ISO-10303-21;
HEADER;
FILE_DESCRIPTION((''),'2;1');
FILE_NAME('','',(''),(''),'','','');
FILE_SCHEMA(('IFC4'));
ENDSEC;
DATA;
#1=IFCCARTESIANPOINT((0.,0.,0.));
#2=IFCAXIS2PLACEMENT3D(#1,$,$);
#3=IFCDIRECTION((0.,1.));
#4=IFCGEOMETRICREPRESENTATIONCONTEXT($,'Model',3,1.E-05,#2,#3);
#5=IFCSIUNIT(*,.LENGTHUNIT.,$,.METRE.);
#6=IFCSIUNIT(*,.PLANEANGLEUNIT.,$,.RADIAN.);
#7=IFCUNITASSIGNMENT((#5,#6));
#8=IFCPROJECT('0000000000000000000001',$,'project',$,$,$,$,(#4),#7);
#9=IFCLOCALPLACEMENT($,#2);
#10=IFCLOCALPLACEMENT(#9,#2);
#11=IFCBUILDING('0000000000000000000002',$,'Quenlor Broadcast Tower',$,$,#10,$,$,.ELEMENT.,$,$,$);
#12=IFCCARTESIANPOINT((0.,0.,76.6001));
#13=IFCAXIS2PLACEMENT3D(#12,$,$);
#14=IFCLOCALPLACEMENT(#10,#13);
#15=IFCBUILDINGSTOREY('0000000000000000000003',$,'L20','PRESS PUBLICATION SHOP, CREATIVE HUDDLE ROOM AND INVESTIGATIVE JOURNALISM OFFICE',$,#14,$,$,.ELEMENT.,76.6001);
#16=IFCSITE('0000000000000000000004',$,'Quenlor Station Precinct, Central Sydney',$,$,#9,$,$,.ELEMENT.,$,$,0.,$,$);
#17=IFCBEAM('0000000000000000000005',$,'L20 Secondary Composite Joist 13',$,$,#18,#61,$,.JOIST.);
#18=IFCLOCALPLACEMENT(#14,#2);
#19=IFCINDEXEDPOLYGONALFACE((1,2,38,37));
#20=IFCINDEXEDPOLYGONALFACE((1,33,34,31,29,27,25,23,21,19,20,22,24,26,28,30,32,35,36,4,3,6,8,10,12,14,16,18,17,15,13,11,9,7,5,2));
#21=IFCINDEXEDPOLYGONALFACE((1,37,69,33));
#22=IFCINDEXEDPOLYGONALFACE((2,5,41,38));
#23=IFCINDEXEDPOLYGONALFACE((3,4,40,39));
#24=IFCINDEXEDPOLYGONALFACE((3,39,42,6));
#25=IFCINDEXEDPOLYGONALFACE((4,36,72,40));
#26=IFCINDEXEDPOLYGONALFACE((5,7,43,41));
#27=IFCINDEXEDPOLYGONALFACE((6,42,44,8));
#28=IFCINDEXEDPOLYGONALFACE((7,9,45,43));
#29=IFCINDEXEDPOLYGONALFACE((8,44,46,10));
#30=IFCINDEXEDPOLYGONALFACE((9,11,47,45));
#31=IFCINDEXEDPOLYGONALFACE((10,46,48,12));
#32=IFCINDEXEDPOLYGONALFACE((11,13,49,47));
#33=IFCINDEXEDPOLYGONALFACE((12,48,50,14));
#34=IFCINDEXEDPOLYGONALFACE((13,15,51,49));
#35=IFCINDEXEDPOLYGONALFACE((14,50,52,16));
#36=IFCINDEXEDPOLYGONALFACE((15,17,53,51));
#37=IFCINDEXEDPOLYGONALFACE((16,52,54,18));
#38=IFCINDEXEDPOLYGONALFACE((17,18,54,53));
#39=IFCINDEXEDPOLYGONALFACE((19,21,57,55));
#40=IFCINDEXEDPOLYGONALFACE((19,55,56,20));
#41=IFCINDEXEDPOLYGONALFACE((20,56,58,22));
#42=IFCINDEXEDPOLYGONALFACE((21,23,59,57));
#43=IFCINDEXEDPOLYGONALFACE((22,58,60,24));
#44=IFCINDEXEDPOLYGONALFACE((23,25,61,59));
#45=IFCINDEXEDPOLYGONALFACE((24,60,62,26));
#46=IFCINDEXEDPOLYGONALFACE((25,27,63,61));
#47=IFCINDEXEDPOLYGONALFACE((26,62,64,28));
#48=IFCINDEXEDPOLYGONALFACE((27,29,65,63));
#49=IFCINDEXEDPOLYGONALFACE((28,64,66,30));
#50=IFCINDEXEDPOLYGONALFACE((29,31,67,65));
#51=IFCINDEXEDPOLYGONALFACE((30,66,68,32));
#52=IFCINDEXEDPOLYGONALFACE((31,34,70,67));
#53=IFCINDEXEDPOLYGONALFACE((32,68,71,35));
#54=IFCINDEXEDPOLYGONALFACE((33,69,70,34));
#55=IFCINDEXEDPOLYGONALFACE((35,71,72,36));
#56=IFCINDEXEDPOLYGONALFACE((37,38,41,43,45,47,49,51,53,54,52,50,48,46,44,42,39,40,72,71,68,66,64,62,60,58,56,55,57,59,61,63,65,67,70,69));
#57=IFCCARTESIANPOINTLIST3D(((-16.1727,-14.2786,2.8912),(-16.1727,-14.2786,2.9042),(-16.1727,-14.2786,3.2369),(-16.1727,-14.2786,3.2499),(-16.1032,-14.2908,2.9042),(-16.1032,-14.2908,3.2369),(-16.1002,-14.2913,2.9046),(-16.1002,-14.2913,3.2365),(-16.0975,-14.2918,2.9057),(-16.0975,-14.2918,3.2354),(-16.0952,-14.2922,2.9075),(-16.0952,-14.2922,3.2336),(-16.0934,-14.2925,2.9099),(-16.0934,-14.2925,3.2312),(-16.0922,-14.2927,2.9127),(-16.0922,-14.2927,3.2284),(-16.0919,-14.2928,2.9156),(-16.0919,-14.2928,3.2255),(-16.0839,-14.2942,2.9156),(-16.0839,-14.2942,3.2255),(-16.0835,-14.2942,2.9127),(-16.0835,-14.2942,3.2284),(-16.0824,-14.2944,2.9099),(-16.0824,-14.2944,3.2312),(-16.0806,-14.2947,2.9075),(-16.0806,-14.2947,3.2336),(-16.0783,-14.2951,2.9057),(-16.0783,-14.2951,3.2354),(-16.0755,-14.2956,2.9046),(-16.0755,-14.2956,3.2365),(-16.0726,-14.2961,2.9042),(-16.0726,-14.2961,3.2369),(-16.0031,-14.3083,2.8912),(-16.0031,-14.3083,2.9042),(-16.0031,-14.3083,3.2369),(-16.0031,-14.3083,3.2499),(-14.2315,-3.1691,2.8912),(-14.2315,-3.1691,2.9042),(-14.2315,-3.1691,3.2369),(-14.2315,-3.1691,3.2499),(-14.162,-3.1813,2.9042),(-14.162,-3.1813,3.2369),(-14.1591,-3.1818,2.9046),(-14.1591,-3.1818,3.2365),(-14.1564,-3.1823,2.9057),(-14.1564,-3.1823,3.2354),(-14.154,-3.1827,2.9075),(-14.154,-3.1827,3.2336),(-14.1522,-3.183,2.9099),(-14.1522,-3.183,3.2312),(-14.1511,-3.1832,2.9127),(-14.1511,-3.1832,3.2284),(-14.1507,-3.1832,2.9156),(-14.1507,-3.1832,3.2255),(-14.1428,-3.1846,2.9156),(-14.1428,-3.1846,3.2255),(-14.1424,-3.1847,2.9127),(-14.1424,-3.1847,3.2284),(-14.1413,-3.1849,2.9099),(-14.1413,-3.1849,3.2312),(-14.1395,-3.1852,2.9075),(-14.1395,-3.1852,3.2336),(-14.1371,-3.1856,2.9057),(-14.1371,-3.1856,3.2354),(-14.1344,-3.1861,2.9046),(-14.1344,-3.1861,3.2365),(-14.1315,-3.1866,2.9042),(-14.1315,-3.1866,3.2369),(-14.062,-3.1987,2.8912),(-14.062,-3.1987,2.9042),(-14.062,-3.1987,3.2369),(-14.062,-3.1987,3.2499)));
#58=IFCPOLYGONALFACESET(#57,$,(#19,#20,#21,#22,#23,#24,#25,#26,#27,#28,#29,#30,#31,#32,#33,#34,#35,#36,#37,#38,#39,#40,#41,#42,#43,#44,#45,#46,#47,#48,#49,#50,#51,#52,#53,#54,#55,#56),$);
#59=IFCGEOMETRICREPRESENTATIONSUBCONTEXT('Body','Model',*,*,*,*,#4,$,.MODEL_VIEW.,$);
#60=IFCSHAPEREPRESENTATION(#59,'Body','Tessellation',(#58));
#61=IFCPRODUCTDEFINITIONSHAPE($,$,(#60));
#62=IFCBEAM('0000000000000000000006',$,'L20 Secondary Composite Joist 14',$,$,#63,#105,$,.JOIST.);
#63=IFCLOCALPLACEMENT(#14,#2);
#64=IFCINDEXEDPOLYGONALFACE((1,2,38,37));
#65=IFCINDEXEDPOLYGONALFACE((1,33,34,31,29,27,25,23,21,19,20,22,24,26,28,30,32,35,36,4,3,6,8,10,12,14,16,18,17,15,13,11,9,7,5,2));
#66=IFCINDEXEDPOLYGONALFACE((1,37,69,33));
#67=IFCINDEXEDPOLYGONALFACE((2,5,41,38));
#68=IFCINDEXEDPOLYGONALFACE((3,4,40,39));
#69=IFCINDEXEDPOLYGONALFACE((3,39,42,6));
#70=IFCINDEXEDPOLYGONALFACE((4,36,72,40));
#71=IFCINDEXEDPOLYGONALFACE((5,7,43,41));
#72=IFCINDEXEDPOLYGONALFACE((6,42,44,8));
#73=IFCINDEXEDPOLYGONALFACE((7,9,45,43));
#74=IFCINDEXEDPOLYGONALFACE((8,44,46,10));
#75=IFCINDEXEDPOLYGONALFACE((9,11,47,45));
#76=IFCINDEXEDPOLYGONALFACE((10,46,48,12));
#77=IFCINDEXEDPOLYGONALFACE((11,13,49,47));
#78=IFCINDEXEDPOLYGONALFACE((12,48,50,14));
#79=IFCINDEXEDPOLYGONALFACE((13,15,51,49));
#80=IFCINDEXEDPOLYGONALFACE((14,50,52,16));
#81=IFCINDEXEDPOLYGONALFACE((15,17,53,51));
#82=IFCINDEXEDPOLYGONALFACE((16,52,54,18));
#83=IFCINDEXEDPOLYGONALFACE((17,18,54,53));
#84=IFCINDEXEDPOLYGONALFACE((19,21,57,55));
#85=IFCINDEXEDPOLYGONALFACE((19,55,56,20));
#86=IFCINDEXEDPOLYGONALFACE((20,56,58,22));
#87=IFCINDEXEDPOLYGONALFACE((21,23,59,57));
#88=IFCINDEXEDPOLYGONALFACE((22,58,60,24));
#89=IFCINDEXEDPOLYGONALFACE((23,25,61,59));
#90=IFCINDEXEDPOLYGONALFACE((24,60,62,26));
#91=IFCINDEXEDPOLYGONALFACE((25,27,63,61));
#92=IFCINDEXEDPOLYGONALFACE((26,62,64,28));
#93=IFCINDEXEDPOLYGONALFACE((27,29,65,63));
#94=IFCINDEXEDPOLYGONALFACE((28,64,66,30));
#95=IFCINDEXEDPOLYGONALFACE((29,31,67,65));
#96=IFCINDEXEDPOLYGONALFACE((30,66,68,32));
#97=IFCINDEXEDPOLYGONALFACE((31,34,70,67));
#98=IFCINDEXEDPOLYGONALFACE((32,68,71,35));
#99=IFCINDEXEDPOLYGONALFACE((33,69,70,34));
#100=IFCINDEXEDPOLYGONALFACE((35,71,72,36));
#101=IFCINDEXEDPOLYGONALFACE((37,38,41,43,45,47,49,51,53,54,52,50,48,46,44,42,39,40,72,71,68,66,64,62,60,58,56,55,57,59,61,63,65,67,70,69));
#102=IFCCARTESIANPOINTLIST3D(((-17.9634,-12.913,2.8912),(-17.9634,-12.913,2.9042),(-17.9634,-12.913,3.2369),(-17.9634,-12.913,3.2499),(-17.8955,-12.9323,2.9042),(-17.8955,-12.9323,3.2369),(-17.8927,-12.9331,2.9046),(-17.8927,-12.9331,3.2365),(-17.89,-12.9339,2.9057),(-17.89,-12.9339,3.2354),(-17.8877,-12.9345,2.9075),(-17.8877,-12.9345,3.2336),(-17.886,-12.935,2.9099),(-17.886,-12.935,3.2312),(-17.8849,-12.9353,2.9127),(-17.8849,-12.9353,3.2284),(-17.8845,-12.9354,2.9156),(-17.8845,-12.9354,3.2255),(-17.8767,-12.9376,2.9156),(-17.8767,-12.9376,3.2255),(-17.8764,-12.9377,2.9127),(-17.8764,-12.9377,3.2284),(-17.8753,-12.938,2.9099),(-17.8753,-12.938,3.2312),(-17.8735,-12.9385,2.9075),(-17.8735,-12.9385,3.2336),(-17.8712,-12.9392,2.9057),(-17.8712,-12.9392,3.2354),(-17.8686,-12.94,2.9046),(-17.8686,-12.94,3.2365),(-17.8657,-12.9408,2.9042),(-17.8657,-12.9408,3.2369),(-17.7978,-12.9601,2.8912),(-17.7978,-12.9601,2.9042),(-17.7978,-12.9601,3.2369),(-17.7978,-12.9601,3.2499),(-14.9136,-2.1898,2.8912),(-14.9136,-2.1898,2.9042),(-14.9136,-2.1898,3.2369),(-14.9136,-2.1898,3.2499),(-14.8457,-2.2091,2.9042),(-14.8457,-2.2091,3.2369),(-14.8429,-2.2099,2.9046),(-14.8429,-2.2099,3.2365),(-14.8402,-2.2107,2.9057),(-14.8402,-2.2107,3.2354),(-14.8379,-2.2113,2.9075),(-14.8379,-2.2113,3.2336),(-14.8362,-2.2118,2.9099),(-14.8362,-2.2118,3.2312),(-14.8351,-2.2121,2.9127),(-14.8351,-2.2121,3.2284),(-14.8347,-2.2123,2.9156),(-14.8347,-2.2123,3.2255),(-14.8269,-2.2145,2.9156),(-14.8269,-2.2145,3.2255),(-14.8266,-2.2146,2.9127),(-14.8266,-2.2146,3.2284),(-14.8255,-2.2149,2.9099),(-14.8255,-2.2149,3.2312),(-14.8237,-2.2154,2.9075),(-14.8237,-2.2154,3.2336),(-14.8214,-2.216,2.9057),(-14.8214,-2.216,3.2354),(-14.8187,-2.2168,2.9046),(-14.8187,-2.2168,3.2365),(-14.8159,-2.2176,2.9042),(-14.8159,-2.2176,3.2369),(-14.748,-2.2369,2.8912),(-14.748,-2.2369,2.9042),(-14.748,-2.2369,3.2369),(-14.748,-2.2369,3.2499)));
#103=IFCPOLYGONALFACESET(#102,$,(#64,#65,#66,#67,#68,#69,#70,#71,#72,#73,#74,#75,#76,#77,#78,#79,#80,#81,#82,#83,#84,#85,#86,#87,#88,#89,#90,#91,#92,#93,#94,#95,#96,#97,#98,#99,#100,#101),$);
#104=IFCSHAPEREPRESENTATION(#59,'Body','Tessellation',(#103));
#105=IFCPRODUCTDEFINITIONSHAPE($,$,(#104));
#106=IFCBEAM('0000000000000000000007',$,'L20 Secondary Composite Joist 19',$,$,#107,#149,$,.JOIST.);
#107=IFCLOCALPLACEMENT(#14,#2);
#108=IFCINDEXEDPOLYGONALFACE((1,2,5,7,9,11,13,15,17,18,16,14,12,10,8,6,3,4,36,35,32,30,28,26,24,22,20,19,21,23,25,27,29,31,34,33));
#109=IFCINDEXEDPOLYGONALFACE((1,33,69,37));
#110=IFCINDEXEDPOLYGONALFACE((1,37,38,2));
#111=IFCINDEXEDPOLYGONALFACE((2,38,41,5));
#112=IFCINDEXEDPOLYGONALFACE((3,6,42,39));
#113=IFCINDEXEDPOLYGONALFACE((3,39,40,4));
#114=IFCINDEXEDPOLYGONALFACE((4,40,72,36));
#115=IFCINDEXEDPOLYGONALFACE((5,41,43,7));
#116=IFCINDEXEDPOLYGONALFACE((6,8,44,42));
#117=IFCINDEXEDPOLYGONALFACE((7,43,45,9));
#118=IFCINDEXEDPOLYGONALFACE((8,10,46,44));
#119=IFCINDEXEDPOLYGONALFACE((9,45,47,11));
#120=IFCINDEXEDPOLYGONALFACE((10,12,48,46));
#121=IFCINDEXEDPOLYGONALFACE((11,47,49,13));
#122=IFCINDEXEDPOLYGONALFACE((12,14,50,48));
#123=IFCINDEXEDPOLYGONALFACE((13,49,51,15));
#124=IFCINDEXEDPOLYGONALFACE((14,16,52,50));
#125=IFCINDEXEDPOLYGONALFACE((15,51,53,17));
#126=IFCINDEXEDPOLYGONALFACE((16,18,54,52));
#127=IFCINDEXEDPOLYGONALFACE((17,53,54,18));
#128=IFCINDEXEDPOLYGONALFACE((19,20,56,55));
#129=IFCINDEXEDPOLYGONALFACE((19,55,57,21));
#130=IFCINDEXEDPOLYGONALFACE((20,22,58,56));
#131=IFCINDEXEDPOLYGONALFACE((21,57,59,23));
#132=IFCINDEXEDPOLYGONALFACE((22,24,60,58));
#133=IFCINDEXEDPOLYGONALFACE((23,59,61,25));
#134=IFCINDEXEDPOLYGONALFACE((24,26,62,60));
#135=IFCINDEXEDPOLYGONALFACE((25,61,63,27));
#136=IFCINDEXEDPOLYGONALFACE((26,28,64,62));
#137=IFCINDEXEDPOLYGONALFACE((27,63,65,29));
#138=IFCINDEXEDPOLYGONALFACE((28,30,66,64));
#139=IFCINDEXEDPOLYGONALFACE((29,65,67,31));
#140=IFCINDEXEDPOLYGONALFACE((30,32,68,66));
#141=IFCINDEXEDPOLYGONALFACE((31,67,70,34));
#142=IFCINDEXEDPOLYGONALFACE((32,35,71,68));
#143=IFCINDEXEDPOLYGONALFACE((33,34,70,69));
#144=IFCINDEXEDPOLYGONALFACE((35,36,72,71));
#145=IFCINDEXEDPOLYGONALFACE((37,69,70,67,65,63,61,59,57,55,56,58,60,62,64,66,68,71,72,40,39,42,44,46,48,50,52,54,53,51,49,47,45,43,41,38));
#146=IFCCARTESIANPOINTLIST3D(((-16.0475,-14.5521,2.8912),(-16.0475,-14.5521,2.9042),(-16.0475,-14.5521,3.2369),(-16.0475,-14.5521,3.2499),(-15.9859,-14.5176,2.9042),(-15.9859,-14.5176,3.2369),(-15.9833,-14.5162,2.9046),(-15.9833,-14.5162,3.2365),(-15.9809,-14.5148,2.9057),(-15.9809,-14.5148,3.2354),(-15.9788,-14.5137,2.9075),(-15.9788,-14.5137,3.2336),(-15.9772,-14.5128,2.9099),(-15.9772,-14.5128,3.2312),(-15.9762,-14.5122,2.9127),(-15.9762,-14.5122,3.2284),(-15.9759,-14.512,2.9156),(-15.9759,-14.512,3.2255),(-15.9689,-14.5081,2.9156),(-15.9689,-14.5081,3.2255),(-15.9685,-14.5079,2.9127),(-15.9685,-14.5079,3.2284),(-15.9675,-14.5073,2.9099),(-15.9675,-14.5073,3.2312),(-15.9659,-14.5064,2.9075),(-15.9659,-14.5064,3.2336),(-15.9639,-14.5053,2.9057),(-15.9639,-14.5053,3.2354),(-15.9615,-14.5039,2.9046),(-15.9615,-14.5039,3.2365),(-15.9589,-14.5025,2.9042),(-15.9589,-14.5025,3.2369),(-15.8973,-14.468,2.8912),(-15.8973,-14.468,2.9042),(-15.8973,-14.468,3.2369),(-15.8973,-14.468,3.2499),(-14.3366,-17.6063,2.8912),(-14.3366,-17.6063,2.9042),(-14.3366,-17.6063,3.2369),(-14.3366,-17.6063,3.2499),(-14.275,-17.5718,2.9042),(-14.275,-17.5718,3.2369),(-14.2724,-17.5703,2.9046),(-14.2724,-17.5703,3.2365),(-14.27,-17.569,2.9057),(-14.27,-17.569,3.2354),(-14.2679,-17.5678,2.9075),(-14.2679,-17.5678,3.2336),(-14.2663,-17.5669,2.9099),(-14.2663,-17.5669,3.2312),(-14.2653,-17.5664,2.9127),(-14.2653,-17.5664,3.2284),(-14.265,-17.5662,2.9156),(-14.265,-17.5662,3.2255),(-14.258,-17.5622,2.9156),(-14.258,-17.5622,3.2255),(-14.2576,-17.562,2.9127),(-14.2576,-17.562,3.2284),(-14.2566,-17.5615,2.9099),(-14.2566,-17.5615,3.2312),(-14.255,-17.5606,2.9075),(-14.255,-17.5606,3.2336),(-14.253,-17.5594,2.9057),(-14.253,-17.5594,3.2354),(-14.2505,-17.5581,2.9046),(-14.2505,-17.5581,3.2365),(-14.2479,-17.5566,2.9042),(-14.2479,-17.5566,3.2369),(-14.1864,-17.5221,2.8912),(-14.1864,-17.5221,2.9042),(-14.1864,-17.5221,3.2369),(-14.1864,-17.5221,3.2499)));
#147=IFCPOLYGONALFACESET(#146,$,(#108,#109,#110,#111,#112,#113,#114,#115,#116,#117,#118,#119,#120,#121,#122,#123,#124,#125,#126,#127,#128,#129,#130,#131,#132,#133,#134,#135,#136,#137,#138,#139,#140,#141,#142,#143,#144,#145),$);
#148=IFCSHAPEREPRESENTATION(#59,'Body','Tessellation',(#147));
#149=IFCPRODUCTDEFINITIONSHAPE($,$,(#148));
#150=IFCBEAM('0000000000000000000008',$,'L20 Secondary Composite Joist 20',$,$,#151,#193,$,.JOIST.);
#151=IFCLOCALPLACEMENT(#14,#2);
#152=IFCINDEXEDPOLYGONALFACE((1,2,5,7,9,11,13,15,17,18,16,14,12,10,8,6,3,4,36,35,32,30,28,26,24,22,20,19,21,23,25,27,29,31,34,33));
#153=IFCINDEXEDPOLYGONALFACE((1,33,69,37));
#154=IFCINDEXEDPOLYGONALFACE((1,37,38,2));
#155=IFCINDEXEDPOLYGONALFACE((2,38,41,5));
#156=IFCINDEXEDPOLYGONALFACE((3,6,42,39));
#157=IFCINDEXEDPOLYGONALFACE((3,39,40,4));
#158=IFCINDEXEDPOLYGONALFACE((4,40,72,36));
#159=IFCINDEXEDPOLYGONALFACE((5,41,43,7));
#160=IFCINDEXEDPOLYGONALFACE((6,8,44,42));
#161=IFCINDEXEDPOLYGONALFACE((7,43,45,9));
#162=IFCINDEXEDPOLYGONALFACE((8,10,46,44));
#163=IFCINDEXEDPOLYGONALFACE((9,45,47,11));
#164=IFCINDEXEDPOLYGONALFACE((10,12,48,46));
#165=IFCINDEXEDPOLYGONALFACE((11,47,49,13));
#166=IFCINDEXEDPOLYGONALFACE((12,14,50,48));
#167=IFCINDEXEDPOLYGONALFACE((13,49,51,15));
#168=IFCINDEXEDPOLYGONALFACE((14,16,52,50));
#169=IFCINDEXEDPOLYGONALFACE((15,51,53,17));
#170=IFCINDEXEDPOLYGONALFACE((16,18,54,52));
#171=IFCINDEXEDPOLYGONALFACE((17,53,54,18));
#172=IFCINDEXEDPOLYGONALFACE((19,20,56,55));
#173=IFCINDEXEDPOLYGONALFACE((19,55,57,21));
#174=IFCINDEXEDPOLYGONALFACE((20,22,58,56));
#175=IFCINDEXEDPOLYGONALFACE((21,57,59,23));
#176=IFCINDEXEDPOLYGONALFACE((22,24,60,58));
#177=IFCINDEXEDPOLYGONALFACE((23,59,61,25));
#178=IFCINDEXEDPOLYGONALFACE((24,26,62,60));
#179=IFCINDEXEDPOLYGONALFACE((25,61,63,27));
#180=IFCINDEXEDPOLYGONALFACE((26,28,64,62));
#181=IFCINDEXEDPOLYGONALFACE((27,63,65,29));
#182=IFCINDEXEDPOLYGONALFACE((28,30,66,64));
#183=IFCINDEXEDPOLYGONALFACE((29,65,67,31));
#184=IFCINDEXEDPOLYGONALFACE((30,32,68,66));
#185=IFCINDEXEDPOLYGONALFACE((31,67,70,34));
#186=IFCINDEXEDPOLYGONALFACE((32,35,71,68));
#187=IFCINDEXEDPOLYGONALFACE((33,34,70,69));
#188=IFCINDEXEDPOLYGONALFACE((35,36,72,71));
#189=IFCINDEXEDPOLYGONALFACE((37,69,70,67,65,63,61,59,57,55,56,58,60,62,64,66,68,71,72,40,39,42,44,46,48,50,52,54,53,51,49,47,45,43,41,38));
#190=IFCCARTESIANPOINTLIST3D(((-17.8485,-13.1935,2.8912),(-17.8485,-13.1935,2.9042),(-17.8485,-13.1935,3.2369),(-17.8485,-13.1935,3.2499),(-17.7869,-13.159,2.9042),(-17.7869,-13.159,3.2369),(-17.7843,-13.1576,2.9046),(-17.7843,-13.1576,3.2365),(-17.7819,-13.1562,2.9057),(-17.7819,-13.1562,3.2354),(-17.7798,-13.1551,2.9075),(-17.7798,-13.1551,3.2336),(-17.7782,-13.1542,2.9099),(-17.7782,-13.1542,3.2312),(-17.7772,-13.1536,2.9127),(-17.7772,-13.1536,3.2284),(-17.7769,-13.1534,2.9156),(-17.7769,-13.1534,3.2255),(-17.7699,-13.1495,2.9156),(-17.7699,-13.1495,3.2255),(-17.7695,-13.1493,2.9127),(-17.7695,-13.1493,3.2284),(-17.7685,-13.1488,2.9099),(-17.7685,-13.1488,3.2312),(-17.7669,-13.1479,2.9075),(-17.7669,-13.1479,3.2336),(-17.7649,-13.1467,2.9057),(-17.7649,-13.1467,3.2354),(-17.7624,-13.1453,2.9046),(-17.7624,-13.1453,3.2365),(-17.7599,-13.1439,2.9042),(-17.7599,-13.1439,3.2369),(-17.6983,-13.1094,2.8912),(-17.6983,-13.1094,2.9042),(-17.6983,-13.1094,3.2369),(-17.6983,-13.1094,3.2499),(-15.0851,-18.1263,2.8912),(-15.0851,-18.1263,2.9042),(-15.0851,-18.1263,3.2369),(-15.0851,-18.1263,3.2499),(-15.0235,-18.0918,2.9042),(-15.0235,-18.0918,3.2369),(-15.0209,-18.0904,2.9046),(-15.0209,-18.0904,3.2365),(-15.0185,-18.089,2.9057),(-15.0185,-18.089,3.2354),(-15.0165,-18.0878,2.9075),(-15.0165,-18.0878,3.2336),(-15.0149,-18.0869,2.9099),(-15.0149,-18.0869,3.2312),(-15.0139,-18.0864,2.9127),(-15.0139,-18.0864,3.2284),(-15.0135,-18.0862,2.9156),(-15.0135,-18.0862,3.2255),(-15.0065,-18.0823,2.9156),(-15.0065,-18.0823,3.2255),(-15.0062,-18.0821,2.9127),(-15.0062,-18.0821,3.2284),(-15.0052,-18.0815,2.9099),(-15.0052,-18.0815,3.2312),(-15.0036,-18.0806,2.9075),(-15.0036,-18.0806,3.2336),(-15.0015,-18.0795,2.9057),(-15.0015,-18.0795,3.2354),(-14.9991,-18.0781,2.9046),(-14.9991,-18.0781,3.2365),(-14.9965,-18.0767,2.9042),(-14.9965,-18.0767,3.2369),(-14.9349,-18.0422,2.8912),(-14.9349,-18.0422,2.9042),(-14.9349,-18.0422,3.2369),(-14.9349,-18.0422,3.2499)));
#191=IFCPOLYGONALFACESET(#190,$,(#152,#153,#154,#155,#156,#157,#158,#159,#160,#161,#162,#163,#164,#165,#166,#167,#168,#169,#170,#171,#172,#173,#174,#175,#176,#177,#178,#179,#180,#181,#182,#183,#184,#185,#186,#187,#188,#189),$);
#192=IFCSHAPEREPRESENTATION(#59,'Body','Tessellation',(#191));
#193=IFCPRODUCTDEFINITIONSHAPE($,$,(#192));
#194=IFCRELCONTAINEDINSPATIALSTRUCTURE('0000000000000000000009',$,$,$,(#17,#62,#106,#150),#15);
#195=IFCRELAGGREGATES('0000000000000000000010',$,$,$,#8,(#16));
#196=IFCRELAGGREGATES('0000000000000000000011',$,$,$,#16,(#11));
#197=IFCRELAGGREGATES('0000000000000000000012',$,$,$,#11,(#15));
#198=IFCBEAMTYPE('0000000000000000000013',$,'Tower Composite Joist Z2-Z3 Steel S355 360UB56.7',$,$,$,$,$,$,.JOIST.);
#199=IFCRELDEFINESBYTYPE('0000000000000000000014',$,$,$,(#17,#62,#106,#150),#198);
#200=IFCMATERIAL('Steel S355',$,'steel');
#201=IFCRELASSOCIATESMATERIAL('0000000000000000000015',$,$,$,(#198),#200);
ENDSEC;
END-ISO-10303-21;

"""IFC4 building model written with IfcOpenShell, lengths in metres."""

from ifc_helpers import new_model, si_unit, direction, frame, origin, origin_2d, place, context, subcontext, project, spatial, i_section, extrude, material, material_profile, profile_set, type_object, element, save


model = new_model("IFC4")

# Units and contexts
model_context = context("Model", 3, precision=1e-05, world=origin(), true_north=direction((0.0, 1.0)))
body_context = subcontext(model_context, "Body", "Model", "MODEL_VIEW")
ifc_project = project(units=[si_unit("LENGTHUNIT", "METRE"), si_unit("PLANEANGLEUNIT", "RADIAN")], contexts=[model_context])

# Site, building, storey
site_placement = place(None, origin())
site = spatial("IfcSite", under=ifc_project, at=site_placement, Name="Quenlor Station Precinct, Central Sydney", CompositionType="ELEMENT", RefElevation=0.0)
building_placement = place(site_placement, origin())
building = spatial("IfcBuilding", under=site, at=building_placement, Name="Quenlor Broadcast Tower", CompositionType="ELEMENT")
storey_placement = place(building_placement, frame((0.0, 0.0, 76.6001)))
storey = spatial("IfcBuildingStorey", under=building, at=storey_placement, Name="L20", Description="PRESS PUBLICATION SHOP, CREATIVE HUDDLE ROOM AND INVESTIGATIVE JOURNALISM OFFICE", CompositionType="ELEMENT", Elevation=76.6001)

# Beams
ifc_material_1 = material(Name="Steel S355", Category="steel")
ifc_material_profile_1 = material_profile(ifc_material_1, i_section(OverallWidth=0.1721, OverallDepth=0.3586, WebThickness=0.0081, FlangeThickness=0.0129, FilletRadius=0.0115, at=origin_2d()))
ifc_profile_set_1 = profile_set([ifc_material_profile_1], Name="Steel S355 360UB56.7")
beam_type_1 = type_object("IfcBeamType", Name="Tower Composite Joist Z2-Z3 Steel S355 360UB56.7", PredefinedType="JOIST", material=ifc_profile_set_1)
beam_1_placement = place(storey_placement, frame((-16.0879, -14.2935, 3.0706), z_axis=(0.17212, 0.985076, 0.0), x_axis=(-0.985076, 0.17212, 0.0)))
element("IfcBeam", 1, at=beam_1_placement, inside=storey, type_object=beam_type_1, Name="L20 Secondary Composite Joist 13", PredefinedType="JOIST", context=body_context, shape_type="SweptSolid", body=[
    extrude(i_section(OverallWidth=0.1721, OverallDepth=0.3586, WebThickness=0.0081, FlangeThickness=0.0129, FilletRadius=0.0115, at=origin_2d()), origin(), (0.0, 0.0, 1.0), 11.2778),
])
beam_2_placement = place(storey_placement, frame((-17.8806, -12.9365, 3.0706), z_axis=(0.273564, 0.961854, 0.0), x_axis=(-0.961854, 0.273564, 0.0)))
element("IfcBeam", 2, at=beam_2_placement, inside=storey, type_object=beam_type_1, Name="L20 Secondary Composite Joist 14", PredefinedType="JOIST", context=body_context, shape_type="SweptSolid", body=[
    extrude(i_section(OverallWidth=0.1721, OverallDepth=0.3586, WebThickness=0.0081, FlangeThickness=0.0129, FilletRadius=0.0115, at=origin_2d()), origin(), (0.0, 0.0, 1.0), 11.1484),
])
beam_3_placement = place(storey_placement, frame((-14.2615, -17.5642, 3.0706), z_axis=(-0.488731, 0.872435, 0.0), x_axis=(-0.872435, -0.488731, 0.0)))
element("IfcBeam", 3, at=beam_3_placement, inside=storey, type_object=beam_type_1, Name="L20 Secondary Composite Joist 19", PredefinedType="JOIST", context=body_context, shape_type="SweptSolid", body=[
    extrude(i_section(OverallWidth=0.1721, OverallDepth=0.3586, WebThickness=0.0081, FlangeThickness=0.0129, FilletRadius=0.0115, at=origin_2d()), origin(), (0.0, 0.0, 1.0), 3.5007),
])
beam_4_placement = place(storey_placement, frame((-15.01, -18.0842, 3.0706), z_axis=(-0.488741, 0.872429, 0.0), x_axis=(-0.872429, -0.488741, 0.0)))
element("IfcBeam", 4, at=beam_4_placement, inside=storey, type_object=beam_type_1, Name="L20 Secondary Composite Joist 20", PredefinedType="JOIST", context=body_context, shape_type="SweptSolid", body=[
    extrude(i_section(OverallWidth=0.1721, OverallDepth=0.3586, WebThickness=0.0081, FlangeThickness=0.0129, FilletRadius=0.0115, at=origin_2d()), origin(), (0.0, 0.0, 1.0), 5.6541),
])

save(model, "model.ifc")
